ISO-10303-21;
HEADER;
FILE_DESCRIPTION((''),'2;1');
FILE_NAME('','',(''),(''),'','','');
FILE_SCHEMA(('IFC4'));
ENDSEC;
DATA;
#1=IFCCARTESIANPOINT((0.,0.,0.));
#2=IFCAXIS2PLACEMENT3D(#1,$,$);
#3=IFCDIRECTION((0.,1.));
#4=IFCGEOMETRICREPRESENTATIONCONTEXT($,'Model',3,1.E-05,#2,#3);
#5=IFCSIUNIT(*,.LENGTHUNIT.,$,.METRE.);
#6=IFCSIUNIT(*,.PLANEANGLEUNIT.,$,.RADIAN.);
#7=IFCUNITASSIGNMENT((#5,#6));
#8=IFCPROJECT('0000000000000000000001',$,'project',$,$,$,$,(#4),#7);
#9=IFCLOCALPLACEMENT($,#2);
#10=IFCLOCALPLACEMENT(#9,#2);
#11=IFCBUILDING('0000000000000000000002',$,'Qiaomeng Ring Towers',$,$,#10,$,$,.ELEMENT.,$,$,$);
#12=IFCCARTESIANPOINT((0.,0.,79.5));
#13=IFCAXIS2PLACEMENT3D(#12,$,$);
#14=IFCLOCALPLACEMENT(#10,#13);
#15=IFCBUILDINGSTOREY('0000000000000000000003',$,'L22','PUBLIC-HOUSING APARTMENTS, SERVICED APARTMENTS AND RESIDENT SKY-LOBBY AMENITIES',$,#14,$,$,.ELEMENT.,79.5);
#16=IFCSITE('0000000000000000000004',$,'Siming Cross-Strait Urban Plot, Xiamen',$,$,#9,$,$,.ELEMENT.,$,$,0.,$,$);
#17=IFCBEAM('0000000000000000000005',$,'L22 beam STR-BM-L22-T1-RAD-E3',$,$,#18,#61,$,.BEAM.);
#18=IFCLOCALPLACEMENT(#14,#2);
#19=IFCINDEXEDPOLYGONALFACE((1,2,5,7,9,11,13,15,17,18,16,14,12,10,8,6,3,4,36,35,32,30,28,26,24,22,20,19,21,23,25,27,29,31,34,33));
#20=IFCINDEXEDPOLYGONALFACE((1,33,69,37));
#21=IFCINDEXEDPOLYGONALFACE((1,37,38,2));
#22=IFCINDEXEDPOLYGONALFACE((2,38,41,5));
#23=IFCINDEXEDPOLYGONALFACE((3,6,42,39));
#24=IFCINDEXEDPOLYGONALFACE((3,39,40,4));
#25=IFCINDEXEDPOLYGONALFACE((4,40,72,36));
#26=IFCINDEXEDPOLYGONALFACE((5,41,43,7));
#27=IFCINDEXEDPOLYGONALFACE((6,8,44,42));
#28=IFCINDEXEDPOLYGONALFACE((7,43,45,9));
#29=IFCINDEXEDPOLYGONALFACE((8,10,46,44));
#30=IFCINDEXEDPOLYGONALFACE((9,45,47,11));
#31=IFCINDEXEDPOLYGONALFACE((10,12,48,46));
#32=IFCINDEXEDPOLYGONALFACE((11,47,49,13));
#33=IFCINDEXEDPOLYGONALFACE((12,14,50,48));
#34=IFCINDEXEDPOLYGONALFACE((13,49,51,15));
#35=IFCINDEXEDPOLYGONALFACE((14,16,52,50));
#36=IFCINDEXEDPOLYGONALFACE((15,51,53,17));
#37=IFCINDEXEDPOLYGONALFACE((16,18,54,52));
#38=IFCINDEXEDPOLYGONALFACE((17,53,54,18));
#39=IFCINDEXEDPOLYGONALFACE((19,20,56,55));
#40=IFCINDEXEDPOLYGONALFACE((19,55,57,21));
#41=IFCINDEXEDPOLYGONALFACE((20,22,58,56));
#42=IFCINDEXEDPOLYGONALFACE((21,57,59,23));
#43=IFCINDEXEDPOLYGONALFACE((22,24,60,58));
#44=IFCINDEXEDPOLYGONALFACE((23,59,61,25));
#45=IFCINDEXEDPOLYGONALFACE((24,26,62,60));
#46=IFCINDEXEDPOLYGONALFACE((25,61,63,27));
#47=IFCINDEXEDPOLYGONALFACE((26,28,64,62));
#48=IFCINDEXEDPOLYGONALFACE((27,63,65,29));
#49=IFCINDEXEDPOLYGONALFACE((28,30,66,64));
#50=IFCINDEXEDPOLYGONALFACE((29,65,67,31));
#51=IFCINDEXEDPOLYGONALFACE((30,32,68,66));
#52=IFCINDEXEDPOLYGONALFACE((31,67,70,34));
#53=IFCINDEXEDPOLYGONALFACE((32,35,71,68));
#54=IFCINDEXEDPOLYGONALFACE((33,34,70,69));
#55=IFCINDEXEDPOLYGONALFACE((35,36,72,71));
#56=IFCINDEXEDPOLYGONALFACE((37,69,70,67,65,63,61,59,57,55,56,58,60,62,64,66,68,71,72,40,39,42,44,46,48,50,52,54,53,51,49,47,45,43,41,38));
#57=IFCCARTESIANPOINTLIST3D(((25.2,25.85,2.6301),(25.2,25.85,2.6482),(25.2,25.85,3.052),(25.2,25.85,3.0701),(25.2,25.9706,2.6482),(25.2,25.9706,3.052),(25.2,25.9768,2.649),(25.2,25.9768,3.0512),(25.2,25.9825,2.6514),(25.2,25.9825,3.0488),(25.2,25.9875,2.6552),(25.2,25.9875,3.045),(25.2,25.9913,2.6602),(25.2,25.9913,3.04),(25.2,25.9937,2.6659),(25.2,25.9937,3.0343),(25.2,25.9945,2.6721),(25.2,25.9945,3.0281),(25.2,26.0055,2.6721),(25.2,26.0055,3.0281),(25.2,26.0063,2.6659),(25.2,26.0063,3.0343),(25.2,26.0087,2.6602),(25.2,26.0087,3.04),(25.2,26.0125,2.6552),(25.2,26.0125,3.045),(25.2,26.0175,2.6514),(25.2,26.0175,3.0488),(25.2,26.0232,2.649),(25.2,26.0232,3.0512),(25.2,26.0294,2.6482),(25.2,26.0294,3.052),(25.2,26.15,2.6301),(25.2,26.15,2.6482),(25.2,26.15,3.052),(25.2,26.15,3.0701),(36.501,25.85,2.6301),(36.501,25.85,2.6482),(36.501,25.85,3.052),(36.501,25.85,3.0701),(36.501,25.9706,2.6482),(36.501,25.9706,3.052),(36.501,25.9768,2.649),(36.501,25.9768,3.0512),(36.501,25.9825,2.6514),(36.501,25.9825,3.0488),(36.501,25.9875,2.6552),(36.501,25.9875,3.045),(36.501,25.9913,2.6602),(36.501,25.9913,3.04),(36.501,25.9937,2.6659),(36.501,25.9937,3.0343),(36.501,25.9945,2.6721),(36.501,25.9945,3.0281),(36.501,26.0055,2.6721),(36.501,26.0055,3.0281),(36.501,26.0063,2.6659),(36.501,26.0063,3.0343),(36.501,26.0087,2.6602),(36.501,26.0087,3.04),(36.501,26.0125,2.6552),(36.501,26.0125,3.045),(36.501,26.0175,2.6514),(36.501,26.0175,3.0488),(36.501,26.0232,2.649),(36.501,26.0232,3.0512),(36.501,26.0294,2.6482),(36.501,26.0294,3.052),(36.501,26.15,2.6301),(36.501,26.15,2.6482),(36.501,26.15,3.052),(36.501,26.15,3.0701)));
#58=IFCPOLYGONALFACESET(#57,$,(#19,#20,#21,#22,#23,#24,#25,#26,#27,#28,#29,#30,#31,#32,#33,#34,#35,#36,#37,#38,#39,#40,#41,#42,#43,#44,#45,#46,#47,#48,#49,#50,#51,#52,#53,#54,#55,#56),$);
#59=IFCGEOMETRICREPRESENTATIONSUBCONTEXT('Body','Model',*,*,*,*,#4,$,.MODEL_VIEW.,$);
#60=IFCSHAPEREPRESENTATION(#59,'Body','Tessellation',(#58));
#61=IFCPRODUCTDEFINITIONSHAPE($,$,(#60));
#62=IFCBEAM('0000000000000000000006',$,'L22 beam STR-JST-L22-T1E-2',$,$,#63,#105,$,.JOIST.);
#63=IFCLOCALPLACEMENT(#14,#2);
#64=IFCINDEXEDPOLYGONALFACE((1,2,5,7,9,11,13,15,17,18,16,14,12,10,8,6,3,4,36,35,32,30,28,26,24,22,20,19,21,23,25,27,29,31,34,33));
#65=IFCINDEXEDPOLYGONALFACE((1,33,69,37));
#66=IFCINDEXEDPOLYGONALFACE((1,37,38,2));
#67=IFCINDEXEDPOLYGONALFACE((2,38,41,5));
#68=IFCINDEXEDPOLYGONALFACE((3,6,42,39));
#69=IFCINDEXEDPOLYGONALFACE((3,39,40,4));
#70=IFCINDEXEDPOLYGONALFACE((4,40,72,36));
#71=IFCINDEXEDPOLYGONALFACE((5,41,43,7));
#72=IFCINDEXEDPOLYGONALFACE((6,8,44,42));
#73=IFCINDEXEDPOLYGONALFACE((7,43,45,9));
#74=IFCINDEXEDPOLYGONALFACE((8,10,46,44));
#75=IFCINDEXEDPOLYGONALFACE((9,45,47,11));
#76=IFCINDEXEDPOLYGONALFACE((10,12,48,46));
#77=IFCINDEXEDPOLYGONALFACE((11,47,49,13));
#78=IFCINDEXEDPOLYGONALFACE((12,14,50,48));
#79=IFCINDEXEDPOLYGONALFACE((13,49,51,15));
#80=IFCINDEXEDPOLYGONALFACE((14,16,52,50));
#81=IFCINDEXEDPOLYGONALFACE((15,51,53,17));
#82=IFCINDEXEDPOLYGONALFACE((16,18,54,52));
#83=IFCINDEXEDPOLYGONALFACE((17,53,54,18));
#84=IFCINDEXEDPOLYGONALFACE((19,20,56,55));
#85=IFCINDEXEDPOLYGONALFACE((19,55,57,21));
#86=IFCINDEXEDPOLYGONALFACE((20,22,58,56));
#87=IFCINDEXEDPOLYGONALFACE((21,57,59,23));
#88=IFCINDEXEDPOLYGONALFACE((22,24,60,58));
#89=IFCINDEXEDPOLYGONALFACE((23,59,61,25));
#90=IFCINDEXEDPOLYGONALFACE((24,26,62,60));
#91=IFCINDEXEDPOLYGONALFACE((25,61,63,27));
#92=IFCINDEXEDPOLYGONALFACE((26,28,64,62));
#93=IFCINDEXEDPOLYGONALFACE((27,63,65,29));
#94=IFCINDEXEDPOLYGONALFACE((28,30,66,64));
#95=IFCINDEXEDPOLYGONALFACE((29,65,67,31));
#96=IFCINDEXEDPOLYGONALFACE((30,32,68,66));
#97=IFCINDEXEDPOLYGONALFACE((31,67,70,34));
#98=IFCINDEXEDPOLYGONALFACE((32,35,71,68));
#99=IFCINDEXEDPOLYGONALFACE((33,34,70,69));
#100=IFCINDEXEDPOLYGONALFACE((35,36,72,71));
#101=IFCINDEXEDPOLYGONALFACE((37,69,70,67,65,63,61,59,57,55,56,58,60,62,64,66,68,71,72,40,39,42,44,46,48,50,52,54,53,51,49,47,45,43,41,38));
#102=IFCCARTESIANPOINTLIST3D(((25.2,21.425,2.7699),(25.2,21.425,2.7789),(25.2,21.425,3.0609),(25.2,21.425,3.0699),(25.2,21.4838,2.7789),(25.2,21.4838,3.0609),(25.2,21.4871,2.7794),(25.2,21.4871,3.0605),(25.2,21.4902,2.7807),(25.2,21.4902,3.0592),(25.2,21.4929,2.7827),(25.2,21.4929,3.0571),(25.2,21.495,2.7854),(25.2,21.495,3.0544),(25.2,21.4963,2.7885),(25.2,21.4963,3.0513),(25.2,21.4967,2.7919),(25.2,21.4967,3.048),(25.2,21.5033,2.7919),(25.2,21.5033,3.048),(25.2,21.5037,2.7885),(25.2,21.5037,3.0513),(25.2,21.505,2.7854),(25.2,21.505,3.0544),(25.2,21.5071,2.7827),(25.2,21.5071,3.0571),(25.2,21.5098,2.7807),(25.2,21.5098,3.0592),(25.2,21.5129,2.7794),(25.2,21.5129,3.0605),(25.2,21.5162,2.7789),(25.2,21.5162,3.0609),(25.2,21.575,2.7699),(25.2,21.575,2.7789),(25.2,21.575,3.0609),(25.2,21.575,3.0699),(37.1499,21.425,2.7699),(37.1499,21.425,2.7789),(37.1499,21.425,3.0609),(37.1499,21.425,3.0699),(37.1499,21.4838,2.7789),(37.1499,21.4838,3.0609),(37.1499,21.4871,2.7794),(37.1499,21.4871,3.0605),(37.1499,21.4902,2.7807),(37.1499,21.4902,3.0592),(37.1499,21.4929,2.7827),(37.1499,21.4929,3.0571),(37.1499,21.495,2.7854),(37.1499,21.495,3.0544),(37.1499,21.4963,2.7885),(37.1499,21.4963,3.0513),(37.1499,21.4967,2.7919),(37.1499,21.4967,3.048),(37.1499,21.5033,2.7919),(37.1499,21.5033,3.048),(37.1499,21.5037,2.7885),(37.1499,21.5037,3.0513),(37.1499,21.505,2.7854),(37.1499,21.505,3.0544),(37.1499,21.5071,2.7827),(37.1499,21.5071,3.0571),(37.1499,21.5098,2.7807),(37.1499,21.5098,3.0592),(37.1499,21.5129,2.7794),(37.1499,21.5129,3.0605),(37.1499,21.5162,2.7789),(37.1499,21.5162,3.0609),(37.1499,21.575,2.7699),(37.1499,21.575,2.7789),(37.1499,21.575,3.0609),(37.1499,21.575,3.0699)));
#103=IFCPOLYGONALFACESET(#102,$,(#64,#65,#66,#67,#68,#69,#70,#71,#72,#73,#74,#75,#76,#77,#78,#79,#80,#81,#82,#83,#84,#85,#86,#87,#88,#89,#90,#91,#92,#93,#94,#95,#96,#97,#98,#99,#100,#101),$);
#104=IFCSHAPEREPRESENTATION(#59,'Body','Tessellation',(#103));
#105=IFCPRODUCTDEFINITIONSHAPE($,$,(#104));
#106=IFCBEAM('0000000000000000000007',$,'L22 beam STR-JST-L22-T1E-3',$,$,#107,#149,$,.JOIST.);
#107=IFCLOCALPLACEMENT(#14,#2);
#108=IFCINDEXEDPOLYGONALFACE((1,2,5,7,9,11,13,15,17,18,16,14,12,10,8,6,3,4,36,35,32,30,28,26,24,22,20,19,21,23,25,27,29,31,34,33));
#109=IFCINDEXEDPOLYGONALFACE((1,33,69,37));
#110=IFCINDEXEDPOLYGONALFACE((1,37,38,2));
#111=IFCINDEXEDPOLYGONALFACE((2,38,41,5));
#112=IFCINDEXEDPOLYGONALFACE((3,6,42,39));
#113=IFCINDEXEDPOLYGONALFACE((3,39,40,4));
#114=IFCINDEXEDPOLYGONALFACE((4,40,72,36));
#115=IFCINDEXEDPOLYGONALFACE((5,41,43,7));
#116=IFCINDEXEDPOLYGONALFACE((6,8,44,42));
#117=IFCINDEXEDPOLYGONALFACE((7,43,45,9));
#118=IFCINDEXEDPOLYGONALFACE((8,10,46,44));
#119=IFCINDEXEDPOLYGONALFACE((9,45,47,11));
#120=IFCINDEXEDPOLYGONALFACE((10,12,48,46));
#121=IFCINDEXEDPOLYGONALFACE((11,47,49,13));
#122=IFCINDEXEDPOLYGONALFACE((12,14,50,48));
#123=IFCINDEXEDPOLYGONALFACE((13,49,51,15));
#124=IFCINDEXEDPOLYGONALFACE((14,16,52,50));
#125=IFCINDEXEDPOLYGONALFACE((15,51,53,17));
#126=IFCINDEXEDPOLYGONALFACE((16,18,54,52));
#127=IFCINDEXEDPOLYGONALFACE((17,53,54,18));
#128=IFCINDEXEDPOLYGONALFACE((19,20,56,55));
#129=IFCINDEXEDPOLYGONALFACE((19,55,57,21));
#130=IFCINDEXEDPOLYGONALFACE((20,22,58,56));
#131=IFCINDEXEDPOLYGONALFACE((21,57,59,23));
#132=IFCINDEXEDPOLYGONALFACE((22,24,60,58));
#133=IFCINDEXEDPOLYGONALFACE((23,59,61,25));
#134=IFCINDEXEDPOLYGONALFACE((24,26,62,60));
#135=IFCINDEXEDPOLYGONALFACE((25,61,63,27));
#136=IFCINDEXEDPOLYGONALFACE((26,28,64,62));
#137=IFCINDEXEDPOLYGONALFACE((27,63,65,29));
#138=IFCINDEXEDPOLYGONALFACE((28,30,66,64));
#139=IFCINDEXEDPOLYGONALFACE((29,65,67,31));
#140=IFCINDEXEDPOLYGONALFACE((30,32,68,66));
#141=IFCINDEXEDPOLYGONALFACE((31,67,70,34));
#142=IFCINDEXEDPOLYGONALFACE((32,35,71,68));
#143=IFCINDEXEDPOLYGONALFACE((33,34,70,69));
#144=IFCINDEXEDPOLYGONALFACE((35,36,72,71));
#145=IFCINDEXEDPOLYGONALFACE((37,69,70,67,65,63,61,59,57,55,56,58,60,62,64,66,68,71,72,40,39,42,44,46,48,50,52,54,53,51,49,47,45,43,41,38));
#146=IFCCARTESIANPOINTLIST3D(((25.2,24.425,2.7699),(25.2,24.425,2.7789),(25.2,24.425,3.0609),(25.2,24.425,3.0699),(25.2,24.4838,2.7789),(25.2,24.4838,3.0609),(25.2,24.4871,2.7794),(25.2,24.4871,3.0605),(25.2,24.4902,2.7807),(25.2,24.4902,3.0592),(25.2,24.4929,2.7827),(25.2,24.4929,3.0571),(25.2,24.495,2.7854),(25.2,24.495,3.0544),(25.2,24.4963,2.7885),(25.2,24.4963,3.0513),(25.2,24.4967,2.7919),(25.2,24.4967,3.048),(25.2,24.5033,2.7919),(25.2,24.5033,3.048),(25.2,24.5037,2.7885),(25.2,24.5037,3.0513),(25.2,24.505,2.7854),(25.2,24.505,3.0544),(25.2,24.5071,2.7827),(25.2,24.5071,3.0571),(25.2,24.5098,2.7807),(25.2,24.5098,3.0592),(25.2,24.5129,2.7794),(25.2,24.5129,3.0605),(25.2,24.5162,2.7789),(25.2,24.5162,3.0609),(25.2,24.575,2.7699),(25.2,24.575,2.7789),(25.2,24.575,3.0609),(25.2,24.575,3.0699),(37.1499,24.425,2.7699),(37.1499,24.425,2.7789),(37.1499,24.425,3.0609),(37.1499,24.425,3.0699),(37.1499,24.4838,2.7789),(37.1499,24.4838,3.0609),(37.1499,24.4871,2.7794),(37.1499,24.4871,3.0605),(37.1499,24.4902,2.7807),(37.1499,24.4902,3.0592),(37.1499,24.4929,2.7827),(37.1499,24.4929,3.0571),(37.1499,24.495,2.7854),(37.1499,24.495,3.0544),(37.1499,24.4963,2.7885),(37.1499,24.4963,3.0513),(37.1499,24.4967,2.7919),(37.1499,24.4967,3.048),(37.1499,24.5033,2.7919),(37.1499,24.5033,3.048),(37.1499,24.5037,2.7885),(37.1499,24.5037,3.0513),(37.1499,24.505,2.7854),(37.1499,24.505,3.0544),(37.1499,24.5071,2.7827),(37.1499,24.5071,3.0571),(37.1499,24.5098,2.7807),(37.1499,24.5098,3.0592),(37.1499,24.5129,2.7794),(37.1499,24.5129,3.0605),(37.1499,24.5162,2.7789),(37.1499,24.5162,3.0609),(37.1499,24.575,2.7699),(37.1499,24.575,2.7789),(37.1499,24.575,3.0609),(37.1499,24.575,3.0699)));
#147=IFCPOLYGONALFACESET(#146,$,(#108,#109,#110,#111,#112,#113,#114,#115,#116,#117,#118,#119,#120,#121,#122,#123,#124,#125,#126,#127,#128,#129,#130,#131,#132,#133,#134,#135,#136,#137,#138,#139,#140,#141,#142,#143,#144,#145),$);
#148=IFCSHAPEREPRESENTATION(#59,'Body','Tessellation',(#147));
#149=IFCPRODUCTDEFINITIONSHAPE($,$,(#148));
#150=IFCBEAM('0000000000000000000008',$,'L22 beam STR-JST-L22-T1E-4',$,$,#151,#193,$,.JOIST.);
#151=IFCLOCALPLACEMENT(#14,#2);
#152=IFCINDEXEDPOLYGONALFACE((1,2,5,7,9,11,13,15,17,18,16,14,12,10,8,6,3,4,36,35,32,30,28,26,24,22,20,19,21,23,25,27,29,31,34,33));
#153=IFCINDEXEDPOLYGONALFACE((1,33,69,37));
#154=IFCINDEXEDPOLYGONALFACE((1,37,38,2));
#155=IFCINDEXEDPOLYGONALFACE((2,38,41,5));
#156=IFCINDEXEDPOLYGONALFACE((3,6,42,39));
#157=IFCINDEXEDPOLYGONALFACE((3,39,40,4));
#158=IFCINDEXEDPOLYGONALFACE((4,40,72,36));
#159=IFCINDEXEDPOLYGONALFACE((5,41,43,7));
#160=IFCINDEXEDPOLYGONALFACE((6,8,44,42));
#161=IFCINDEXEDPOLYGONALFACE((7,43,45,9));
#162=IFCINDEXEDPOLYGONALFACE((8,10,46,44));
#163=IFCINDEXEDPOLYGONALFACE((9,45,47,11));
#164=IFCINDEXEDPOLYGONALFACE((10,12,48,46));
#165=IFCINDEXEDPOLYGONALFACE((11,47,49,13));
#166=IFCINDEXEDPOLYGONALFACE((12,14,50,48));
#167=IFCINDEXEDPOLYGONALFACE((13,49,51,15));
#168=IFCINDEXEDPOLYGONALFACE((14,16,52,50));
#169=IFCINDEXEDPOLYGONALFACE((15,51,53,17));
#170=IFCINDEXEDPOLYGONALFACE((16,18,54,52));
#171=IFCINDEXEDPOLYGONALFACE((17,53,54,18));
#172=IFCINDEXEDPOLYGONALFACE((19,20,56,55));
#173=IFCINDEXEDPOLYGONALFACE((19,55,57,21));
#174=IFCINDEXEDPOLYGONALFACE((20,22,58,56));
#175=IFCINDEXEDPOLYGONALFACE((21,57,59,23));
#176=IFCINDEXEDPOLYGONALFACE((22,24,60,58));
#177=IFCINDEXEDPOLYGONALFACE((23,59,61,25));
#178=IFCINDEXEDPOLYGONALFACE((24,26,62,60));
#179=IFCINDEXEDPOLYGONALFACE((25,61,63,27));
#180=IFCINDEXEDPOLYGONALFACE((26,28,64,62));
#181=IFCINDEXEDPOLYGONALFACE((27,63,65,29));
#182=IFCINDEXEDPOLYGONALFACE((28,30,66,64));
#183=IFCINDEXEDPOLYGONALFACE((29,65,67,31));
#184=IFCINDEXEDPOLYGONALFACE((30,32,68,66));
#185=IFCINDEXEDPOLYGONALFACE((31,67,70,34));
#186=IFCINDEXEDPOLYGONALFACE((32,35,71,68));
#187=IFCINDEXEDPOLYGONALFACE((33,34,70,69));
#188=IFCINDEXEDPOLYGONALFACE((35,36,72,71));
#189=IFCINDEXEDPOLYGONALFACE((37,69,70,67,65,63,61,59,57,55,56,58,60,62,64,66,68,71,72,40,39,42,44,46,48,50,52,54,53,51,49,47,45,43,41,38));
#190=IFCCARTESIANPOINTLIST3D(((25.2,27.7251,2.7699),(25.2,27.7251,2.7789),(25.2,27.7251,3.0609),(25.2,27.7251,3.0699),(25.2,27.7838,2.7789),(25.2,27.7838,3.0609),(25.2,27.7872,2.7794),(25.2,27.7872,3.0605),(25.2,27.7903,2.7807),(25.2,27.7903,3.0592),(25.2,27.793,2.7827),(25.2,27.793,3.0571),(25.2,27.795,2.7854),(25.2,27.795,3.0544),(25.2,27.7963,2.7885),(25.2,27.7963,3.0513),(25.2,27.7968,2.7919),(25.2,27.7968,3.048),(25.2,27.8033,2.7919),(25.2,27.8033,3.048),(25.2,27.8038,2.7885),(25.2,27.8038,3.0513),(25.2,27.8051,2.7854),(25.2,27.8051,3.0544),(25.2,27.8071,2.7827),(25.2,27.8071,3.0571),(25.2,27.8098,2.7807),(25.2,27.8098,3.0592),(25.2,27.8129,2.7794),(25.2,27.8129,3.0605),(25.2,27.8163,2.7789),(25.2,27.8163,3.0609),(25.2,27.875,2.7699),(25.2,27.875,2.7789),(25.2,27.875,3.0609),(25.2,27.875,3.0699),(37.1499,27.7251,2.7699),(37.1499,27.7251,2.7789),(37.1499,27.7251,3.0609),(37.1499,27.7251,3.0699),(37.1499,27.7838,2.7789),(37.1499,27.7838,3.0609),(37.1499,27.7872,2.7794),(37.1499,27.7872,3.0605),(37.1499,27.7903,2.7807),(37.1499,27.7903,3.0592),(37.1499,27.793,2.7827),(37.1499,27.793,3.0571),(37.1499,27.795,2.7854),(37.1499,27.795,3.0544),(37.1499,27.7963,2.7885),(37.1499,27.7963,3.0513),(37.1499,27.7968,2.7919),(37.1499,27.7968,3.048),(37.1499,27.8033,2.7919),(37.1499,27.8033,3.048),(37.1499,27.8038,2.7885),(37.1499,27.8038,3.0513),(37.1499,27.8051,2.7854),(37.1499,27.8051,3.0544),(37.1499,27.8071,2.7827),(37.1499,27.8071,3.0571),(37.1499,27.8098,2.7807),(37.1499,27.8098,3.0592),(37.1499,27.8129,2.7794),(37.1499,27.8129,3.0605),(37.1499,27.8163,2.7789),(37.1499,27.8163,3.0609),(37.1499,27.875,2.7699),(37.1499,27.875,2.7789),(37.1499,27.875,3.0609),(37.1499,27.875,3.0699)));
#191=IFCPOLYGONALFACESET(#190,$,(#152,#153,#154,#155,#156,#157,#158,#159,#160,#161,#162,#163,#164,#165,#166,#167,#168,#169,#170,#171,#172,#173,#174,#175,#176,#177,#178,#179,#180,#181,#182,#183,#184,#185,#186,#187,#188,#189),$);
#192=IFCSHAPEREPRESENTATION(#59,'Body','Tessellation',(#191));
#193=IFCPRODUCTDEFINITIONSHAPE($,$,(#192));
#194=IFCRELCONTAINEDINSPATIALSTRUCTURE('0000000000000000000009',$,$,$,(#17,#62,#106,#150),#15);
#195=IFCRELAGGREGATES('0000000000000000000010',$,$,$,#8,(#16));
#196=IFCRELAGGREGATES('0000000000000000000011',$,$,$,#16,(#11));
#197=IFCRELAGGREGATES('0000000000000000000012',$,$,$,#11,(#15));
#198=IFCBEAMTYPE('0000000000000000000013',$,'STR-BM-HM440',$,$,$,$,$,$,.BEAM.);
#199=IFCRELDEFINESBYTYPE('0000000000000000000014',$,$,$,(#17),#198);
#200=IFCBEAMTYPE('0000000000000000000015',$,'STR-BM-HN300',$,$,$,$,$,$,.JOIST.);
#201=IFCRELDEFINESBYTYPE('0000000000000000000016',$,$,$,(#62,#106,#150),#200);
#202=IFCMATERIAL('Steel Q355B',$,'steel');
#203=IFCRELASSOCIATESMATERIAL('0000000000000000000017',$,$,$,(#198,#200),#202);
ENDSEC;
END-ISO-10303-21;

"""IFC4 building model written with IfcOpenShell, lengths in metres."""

from ifc_helpers import new_model, si_unit, direction, frame, origin, origin_2d, place, context, subcontext, project, spatial, i_section, extrude, source, transform, mapped, material, material_profile, profile_set, type_object, element, save


model = new_model("IFC4")

# Units and contexts
model_context = context("Model", 3, precision=1e-05, world=origin(), true_north=direction((0.0, 1.0)))
body_context = subcontext(model_context, "Body", "Model", "MODEL_VIEW")
ifc_project = project(units=[si_unit("LENGTHUNIT", "METRE"), si_unit("PLANEANGLEUNIT", "RADIAN")], contexts=[model_context])

# Site, building, storey
site_placement = place(None, origin())
site = spatial("IfcSite", under=ifc_project, at=site_placement, Name="Siming Cross-Strait Urban Plot, Xiamen", CompositionType="ELEMENT", RefElevation=0.0)
building_placement = place(site_placement, origin())
building = spatial("IfcBuilding", under=site, at=building_placement, Name="Qiaomeng Ring Towers", CompositionType="ELEMENT")
storey_placement = place(building_placement, frame((0.0, 0.0, 79.5)))
storey = spatial("IfcBuildingStorey", under=building, at=storey_placement, Name="L22", Description="PUBLIC-HOUSING APARTMENTS, SERVICED APARTMENTS AND RESIDENT SKY-LOBBY AMENITIES", CompositionType="ELEMENT", Elevation=79.5)

# Beams
ifc_material_1 = material(Name="Steel Q355B", Category="steel")
ifc_material_profile_1 = material_profile(ifc_material_1, i_section(OverallWidth=0.3, OverallDepth=0.4399, WebThickness=0.011, FlangeThickness=0.0181, FilletRadius=0.0239, at=origin_2d()), Name="HM 440x300x11x18")
ifc_profile_set_1 = profile_set([ifc_material_profile_1], Name="Steel Q355B")
beam_type_1 = type_object("IfcBeamType", Name="STR-BM-HM440", PredefinedType="BEAM", material=ifc_profile_set_1)
shared_shape_1 = source(origin(), body_context, "Body", "SweptSolid", [
    extrude(i_section(OverallWidth=0.3, OverallDepth=0.4399, WebThickness=0.011, FlangeThickness=0.0181, FilletRadius=0.0239, at=origin_2d()), origin(), (0.0, 0.0, 1.0), 11.301),
])
beam_placement = place(storey_placement, frame((25.2, 26.0, 2.8501), z_axis=(1.0, 0.0, 0.0), x_axis=(0.0, 1.0, 0.0)))
element("IfcBeam", 1, at=beam_placement, inside=storey, type_object=beam_type_1, Name="L22 beam STR-BM-L22-T1-RAD-E3", PredefinedType="BEAM", context=body_context, shape_type="MappedRepresentation", body=[
    mapped(shared_shape_1, transform((0.0, 0.0, 0.0), x_axis=(1.0, 0.0, 0.0), y_axis=(0.0, 1.0, 0.0), z_axis=(0.0, 0.0, 1.0), scale=1.0)),
])
ifc_material_profile_2 = material_profile(ifc_material_1, i_section(OverallWidth=0.1499, OverallDepth=0.3, WebThickness=0.0066, FlangeThickness=0.009, FilletRadius=0.0129, at=origin_2d()), Name="HN 300x150x6.5x9")
ifc_profile_set_2 = profile_set([ifc_material_profile_2], Name="Steel Q355B")
beam_type_2 = type_object("IfcBeamType", Name="STR-BM-HN300", PredefinedType="JOIST", material=ifc_profile_set_2)
shared_shape_2 = source(origin(), body_context, "Body", "SweptSolid", [
    extrude(i_section(OverallWidth=0.1499, OverallDepth=0.3, WebThickness=0.0066, FlangeThickness=0.009, FilletRadius=0.0129, at=origin_2d()), origin(), (0.0, 0.0, 1.0), 11.95),
])
for number, where, z_axis, x_axis, name in (
    (2, (25.2, 21.5, 2.9199), (1.0, 0.0, 0.0), (0.0, 1.0, 0.0), "L22 beam STR-JST-L22-T1E-2"),
    (3, (25.2, 24.5, 2.9199), (1.0, 0.0, 0.0), (0.0, 1.0, 0.0), "L22 beam STR-JST-L22-T1E-3"),
    (4, (25.2, 27.8, 2.9199), (1.0, 0.0, 0.0), (0.0, 1.0, 0.0), "L22 beam STR-JST-L22-T1E-4"),
):
    element("IfcBeam", number, at=place(storey_placement, frame(where, z_axis=z_axis, x_axis=x_axis)), inside=storey, type_object=beam_type_2, Name=name, PredefinedType="JOIST", context=body_context, shape_type="MappedRepresentation", body=[
        mapped(shared_shape_2, transform((0.0, 0.0, 0.0), x_axis=(1.0, 0.0, 0.0), y_axis=(0.0, 1.0, 0.0), z_axis=(0.0, 0.0, 1.0), scale=1.0)),
    ])

save(model, "model.ifc")
